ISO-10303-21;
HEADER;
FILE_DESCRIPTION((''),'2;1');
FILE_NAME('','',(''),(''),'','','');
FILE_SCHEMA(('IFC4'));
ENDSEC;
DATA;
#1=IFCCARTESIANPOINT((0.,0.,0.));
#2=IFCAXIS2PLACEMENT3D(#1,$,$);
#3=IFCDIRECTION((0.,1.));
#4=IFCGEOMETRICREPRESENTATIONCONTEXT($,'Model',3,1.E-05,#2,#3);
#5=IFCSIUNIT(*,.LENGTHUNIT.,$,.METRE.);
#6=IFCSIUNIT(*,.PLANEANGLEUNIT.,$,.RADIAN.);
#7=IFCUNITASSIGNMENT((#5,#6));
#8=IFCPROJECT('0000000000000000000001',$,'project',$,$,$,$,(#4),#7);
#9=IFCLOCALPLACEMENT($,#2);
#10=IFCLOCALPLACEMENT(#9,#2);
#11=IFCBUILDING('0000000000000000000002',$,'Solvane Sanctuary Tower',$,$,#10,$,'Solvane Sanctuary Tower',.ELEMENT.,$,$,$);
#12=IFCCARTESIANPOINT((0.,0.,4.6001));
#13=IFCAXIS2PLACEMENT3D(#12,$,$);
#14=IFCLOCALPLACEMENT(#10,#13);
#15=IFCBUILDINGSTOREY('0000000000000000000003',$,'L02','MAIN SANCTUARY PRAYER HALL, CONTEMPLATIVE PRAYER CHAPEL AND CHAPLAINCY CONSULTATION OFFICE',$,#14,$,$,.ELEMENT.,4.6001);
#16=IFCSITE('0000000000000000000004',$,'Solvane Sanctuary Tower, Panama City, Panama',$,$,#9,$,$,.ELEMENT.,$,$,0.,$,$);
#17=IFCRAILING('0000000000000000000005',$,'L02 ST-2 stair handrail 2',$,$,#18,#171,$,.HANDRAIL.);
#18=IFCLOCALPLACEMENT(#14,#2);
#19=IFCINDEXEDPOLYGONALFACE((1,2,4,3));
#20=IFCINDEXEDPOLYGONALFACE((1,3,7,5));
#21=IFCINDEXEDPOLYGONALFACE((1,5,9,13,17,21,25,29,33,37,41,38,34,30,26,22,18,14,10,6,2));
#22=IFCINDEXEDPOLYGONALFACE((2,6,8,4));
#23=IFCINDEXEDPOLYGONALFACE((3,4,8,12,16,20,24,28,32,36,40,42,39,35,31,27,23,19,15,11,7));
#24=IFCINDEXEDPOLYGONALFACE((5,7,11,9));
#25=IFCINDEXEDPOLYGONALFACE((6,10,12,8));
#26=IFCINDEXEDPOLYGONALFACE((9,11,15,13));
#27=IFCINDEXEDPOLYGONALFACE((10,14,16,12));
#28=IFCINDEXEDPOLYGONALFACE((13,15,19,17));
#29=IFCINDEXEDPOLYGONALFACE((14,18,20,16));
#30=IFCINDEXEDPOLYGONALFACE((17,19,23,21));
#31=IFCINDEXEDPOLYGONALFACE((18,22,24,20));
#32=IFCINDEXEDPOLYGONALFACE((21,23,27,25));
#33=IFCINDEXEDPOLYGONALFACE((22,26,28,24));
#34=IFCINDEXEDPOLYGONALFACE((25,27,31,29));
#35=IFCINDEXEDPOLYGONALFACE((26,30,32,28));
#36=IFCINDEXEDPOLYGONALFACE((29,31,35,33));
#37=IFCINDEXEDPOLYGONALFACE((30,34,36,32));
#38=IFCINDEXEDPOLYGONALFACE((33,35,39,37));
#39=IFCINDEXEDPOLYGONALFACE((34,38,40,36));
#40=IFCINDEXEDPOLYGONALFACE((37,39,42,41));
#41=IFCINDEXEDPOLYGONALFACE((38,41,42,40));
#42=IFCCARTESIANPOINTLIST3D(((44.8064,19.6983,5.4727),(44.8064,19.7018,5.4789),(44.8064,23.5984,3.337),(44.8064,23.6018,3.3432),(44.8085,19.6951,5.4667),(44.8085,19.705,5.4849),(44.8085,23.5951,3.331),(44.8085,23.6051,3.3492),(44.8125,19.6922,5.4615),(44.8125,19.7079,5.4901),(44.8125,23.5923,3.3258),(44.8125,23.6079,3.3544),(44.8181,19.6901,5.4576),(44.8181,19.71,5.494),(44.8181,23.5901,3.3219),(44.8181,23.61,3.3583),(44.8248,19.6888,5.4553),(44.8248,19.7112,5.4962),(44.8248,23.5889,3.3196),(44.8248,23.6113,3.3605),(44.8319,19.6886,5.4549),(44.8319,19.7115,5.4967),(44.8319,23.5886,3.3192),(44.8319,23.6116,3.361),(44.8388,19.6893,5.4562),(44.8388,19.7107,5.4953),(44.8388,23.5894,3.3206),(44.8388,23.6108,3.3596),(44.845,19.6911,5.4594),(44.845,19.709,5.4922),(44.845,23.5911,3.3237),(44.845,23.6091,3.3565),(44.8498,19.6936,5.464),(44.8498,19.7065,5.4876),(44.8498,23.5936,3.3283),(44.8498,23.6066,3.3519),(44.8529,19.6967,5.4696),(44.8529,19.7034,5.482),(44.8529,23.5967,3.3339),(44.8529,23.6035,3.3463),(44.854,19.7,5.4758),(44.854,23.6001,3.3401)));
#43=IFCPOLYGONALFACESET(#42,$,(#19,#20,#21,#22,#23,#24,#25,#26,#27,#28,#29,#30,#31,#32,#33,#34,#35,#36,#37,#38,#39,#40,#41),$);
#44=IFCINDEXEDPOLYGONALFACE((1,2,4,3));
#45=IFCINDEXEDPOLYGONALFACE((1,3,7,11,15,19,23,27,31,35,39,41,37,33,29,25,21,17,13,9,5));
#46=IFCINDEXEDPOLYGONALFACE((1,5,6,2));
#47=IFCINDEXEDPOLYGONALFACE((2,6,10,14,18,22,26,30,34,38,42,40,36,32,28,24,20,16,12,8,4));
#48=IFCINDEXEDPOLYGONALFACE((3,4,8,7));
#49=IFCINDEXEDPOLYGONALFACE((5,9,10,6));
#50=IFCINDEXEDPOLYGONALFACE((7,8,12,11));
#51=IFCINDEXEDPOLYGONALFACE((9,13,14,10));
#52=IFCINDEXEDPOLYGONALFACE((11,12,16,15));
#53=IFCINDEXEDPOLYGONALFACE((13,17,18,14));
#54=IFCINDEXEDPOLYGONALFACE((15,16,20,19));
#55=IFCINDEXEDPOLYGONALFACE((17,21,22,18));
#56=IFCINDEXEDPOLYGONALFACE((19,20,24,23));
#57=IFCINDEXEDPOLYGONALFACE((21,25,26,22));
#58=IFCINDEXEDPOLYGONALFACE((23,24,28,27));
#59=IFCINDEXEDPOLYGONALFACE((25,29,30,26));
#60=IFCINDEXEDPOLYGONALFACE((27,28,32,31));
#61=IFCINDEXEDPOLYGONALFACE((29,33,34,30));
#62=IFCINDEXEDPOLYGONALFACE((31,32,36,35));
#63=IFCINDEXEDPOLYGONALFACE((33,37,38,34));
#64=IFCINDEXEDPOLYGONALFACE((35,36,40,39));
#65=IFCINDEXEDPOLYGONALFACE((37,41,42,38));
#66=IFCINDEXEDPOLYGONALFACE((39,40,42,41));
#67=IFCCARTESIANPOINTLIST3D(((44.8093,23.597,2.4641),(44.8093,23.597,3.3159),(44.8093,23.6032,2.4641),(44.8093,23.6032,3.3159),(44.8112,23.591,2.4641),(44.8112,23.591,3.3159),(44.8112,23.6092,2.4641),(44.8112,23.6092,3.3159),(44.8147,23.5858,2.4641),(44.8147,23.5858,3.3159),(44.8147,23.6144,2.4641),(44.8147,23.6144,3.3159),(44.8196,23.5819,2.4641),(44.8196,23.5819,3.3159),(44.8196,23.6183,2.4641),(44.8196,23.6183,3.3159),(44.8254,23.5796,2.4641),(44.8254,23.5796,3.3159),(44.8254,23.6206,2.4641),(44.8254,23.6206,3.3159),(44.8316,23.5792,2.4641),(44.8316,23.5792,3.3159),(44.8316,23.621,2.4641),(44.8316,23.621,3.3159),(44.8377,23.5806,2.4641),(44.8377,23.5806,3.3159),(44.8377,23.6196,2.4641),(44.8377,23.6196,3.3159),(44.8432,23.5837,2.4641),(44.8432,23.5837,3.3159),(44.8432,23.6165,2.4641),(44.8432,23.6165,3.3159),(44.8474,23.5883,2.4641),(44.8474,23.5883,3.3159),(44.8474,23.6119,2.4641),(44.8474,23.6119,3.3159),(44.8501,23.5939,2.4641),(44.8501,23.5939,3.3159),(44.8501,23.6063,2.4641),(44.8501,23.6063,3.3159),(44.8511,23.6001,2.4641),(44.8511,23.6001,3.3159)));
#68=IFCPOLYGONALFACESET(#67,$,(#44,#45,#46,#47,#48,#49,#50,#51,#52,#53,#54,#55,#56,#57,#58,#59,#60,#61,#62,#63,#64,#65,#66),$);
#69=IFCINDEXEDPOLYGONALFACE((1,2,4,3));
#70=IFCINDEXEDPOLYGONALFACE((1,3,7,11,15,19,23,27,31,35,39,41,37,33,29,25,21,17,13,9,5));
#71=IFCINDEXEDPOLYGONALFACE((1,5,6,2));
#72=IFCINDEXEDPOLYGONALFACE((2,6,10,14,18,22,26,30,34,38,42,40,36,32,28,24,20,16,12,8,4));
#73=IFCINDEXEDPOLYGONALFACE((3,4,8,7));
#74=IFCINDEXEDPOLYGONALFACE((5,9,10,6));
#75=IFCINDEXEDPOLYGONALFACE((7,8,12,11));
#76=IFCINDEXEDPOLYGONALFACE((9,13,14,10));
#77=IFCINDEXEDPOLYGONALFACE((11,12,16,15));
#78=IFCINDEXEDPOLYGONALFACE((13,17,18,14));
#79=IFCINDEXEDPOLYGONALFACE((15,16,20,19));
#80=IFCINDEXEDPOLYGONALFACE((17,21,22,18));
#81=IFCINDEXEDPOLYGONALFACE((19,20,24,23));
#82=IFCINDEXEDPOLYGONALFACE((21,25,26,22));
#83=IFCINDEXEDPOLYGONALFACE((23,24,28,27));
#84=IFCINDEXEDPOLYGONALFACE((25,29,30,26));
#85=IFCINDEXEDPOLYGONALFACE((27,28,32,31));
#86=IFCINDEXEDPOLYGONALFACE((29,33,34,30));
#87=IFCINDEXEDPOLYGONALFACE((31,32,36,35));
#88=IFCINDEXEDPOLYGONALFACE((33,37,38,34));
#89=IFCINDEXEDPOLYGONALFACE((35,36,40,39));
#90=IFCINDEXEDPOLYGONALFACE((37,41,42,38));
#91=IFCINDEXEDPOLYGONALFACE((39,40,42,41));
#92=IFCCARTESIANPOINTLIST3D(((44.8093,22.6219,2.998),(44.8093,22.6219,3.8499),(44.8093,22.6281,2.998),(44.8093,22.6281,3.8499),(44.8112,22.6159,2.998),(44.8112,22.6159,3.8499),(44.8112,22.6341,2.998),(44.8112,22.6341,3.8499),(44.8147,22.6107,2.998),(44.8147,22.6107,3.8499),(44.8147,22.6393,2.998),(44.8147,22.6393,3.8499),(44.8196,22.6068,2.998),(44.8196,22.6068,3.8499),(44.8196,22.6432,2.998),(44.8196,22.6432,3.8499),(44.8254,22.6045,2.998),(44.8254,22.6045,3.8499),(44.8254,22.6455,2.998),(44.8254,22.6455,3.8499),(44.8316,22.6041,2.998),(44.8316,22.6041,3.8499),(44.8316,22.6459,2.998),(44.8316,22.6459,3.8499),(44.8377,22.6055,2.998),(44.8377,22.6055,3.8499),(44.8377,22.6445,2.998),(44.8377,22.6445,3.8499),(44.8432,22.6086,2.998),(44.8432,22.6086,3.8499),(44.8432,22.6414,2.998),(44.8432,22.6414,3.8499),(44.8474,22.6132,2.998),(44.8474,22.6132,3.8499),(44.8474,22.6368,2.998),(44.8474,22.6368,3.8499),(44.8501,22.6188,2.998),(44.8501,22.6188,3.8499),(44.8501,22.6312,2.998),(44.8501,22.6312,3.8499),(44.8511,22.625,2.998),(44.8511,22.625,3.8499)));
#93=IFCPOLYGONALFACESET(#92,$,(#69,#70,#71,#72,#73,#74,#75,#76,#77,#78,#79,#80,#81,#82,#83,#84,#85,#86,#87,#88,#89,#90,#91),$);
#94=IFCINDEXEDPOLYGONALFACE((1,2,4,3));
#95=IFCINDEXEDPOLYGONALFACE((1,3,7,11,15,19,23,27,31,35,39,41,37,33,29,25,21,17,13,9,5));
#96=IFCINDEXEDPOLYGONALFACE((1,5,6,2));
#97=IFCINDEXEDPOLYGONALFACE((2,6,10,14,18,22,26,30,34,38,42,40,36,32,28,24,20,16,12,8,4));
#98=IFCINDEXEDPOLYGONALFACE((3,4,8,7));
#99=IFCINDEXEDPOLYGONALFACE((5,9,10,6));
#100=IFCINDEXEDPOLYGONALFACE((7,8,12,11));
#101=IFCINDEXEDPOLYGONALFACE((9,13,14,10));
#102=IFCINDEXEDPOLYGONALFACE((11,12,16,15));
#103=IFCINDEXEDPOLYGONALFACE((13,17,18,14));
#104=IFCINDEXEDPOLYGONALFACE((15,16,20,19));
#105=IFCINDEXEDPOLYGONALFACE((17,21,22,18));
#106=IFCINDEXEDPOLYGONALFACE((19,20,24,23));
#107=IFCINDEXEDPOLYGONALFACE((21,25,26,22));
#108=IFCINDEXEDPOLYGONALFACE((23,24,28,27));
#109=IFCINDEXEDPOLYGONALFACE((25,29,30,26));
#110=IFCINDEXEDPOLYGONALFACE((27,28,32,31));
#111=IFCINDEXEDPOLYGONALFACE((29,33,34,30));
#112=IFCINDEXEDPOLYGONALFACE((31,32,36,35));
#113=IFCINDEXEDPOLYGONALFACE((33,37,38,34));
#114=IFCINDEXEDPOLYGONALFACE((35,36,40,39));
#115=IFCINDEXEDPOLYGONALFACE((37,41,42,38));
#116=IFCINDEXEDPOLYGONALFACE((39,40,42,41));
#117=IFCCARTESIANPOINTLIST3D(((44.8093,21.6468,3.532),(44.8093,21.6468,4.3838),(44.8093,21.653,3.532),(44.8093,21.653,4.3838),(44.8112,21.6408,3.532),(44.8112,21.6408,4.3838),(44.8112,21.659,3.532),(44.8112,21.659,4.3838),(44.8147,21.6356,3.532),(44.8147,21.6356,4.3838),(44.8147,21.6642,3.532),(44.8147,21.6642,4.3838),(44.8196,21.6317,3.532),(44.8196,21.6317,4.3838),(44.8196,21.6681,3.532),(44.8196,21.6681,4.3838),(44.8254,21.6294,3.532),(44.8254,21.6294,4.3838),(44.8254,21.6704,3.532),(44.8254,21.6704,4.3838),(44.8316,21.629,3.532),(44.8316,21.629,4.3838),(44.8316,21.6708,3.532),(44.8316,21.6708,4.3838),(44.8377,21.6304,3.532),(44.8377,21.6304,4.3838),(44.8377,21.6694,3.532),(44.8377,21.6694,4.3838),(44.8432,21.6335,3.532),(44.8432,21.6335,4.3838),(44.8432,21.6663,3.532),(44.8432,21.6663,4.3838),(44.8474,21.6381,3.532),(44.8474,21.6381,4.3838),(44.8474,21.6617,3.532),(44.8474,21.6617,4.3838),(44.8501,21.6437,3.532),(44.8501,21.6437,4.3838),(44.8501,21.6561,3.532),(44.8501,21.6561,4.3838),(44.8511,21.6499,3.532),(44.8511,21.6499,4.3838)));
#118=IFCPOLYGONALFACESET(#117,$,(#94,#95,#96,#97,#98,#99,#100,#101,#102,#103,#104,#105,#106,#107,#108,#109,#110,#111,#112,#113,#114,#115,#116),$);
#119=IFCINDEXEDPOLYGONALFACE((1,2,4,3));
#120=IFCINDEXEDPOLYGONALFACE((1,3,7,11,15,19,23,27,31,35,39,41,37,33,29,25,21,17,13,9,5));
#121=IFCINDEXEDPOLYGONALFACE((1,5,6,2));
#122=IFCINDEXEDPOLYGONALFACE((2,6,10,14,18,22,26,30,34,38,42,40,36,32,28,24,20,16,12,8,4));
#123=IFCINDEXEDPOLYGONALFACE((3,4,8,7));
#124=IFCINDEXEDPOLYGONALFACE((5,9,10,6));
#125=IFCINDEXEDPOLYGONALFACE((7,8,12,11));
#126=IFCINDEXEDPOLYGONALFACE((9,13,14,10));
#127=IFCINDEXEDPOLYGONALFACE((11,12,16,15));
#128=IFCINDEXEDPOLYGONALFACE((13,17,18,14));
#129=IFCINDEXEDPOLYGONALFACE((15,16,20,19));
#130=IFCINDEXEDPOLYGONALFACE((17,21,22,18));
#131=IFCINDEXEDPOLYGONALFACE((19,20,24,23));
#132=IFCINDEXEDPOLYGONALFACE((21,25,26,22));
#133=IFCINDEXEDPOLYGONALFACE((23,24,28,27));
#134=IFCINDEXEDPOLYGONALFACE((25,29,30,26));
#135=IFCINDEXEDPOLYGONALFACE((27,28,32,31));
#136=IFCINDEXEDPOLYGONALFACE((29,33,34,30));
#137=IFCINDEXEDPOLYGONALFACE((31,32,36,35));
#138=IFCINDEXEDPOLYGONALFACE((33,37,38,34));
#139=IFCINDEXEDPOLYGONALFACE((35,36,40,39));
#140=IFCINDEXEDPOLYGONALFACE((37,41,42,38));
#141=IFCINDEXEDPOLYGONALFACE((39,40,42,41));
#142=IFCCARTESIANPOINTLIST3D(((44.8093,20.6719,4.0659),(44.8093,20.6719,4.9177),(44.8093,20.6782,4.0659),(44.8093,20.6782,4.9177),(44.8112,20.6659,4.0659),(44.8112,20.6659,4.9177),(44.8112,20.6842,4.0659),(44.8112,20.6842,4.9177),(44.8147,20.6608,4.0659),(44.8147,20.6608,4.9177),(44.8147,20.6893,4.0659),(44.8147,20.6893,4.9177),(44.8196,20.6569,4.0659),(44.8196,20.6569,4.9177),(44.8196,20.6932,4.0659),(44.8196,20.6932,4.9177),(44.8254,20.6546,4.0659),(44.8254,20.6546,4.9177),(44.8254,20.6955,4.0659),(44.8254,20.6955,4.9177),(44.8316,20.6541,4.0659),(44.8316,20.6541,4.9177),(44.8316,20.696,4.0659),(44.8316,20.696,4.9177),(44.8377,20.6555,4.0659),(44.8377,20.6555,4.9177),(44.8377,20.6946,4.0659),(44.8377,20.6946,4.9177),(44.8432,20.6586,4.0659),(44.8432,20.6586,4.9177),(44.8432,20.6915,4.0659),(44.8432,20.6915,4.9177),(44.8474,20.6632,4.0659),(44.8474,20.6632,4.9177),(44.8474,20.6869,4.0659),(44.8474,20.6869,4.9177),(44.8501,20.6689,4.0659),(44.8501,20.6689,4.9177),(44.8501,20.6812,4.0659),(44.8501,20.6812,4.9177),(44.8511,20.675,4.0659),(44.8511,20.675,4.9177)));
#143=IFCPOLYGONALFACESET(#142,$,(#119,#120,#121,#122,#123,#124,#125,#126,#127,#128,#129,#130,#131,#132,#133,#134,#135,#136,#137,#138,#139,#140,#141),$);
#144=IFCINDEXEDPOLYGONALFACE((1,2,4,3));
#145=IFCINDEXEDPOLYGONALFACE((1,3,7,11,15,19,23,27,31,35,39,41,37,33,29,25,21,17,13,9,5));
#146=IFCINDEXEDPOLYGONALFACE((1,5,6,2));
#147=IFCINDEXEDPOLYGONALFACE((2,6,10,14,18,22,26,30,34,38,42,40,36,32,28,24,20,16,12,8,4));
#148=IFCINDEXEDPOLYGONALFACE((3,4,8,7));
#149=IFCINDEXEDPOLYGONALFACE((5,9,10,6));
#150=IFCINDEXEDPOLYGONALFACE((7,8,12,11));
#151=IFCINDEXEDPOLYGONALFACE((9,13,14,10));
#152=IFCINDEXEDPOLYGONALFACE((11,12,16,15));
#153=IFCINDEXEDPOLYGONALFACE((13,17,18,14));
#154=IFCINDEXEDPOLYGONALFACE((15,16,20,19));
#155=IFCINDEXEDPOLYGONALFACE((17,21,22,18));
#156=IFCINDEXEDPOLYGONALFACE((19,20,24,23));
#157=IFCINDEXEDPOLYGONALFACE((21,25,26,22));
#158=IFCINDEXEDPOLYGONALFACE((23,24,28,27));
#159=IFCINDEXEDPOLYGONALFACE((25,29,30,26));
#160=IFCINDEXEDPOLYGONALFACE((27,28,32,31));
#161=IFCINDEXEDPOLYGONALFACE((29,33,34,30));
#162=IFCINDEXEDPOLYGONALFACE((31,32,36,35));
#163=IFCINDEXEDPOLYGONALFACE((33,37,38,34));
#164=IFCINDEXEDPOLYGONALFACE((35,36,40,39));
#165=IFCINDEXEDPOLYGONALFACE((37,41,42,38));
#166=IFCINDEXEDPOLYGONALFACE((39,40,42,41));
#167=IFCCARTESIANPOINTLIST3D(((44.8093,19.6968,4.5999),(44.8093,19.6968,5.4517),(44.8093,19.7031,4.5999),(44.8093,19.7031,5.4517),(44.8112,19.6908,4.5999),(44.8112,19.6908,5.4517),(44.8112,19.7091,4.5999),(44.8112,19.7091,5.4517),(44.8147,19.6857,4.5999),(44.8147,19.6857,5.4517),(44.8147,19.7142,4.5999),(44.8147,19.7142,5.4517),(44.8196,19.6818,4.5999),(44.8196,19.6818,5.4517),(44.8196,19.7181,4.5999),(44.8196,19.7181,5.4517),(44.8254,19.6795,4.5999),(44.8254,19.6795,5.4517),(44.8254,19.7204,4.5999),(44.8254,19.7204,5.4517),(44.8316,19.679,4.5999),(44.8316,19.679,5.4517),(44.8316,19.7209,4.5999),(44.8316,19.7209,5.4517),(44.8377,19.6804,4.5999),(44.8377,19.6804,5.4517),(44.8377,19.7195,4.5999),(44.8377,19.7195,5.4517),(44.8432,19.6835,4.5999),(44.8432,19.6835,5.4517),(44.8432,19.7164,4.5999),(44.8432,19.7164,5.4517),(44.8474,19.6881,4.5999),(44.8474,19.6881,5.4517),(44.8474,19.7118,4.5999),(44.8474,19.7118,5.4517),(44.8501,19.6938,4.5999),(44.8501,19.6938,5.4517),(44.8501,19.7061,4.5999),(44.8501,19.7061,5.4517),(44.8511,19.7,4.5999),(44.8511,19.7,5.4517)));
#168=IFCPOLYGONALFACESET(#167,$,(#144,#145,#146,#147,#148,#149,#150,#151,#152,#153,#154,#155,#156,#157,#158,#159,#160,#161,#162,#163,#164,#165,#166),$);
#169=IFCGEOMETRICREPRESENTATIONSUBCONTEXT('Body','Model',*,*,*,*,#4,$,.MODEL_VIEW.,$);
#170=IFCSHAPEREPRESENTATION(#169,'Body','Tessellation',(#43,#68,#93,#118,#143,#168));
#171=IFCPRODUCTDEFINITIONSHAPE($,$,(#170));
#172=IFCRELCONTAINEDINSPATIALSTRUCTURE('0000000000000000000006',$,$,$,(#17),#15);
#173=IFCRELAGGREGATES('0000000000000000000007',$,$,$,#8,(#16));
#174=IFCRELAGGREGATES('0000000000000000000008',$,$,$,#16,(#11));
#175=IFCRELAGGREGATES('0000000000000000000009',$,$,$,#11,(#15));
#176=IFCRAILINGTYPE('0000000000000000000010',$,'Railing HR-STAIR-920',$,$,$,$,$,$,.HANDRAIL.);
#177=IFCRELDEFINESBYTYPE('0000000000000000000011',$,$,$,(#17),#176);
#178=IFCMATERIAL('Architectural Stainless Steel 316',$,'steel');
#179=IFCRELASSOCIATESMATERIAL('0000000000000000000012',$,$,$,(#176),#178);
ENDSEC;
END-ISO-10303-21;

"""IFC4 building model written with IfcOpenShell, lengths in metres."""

from ifc_helpers import new_model, si_unit, direction, frame, origin, origin_2d, place, context, subcontext, project, spatial, circle, extrude, material, type_object, element, save


model = new_model("IFC4")

# Units and contexts
model_context = context("Model", 3, precision=1e-05, world=origin(), true_north=direction((0.0, 1.0)))
body_context = subcontext(model_context, "Body", "Model", "MODEL_VIEW")
ifc_project = project(units=[si_unit("LENGTHUNIT", "METRE"), si_unit("PLANEANGLEUNIT", "RADIAN")], contexts=[model_context])

# Site, building, storey
site_placement = place(None, origin())
site = spatial("IfcSite", under=ifc_project, at=site_placement, Name="Solvane Sanctuary Tower, Panama City, Panama", CompositionType="ELEMENT", RefElevation=0.0)
building_placement = place(site_placement, origin())
building = spatial("IfcBuilding", under=site, at=building_placement, Name="Solvane Sanctuary Tower", LongName="Solvane Sanctuary Tower", CompositionType="ELEMENT")
storey_placement = place(building_placement, frame((0.0, 0.0, 4.6001)))
storey = spatial("IfcBuildingStorey", under=building, at=storey_placement, Name="L02", Description="MAIN SANCTUARY PRAYER HALL, CONTEMPLATIVE PRAYER CHAPEL AND CHAPLAINCY CONSULTATION OFFICE", CompositionType="ELEMENT", Elevation=4.6001)

# Shared definitions
ifc_material_1 = material(Name="Architectural Stainless Steel 316", Category="steel")

# Railing
railing_type_1 = type_object("IfcRailingType", Name="Railing HR-STAIR-920", PredefinedType="HANDRAIL", material=ifc_material_1)
railing_1_placement = place(storey_placement, frame((44.8301, 23.6001, 2.4641)))
element("IfcRailing", 1, at=railing_1_placement, inside=storey, type_object=railing_type_1, Name="L02 ST-2 stair handrail 2", PredefinedType="HANDRAIL", context=body_context, shape_type="SweptSolid", body=[
    extrude(circle(Radius=0.0239, at=origin_2d()), frame((0.0, 0.0, 0.876), z_axis=(0.0, -0.877101, 0.480306), x_axis=(1.0, 0.0, 0.0)), (0.0, 0.0, 1.0), 4.4465),
    extrude(circle(Radius=0.021, at=origin_2d()), origin(), (0.0, 0.0, 1.0), 0.8518),
    extrude(circle(Radius=0.021, at=origin_2d()), frame((0.0, -0.9751, 0.5339)), (0.0, 0.0, 1.0), 0.8518),
    extrude(circle(Radius=0.021, at=origin_2d()), frame((0.0, -1.9502, 1.0679)), (0.0, 0.0, 1.0), 0.8518),
    extrude(circle(Radius=0.021, at=origin_2d()), frame((0.0, -2.925, 1.6018)), (0.0, 0.0, 1.0), 0.8518),
    extrude(circle(Radius=0.021, at=origin_2d()), frame((0.0, -3.9001, 2.1357)), (0.0, 0.0, 1.0), 0.8518),
])

save(model, "model.ifc")
